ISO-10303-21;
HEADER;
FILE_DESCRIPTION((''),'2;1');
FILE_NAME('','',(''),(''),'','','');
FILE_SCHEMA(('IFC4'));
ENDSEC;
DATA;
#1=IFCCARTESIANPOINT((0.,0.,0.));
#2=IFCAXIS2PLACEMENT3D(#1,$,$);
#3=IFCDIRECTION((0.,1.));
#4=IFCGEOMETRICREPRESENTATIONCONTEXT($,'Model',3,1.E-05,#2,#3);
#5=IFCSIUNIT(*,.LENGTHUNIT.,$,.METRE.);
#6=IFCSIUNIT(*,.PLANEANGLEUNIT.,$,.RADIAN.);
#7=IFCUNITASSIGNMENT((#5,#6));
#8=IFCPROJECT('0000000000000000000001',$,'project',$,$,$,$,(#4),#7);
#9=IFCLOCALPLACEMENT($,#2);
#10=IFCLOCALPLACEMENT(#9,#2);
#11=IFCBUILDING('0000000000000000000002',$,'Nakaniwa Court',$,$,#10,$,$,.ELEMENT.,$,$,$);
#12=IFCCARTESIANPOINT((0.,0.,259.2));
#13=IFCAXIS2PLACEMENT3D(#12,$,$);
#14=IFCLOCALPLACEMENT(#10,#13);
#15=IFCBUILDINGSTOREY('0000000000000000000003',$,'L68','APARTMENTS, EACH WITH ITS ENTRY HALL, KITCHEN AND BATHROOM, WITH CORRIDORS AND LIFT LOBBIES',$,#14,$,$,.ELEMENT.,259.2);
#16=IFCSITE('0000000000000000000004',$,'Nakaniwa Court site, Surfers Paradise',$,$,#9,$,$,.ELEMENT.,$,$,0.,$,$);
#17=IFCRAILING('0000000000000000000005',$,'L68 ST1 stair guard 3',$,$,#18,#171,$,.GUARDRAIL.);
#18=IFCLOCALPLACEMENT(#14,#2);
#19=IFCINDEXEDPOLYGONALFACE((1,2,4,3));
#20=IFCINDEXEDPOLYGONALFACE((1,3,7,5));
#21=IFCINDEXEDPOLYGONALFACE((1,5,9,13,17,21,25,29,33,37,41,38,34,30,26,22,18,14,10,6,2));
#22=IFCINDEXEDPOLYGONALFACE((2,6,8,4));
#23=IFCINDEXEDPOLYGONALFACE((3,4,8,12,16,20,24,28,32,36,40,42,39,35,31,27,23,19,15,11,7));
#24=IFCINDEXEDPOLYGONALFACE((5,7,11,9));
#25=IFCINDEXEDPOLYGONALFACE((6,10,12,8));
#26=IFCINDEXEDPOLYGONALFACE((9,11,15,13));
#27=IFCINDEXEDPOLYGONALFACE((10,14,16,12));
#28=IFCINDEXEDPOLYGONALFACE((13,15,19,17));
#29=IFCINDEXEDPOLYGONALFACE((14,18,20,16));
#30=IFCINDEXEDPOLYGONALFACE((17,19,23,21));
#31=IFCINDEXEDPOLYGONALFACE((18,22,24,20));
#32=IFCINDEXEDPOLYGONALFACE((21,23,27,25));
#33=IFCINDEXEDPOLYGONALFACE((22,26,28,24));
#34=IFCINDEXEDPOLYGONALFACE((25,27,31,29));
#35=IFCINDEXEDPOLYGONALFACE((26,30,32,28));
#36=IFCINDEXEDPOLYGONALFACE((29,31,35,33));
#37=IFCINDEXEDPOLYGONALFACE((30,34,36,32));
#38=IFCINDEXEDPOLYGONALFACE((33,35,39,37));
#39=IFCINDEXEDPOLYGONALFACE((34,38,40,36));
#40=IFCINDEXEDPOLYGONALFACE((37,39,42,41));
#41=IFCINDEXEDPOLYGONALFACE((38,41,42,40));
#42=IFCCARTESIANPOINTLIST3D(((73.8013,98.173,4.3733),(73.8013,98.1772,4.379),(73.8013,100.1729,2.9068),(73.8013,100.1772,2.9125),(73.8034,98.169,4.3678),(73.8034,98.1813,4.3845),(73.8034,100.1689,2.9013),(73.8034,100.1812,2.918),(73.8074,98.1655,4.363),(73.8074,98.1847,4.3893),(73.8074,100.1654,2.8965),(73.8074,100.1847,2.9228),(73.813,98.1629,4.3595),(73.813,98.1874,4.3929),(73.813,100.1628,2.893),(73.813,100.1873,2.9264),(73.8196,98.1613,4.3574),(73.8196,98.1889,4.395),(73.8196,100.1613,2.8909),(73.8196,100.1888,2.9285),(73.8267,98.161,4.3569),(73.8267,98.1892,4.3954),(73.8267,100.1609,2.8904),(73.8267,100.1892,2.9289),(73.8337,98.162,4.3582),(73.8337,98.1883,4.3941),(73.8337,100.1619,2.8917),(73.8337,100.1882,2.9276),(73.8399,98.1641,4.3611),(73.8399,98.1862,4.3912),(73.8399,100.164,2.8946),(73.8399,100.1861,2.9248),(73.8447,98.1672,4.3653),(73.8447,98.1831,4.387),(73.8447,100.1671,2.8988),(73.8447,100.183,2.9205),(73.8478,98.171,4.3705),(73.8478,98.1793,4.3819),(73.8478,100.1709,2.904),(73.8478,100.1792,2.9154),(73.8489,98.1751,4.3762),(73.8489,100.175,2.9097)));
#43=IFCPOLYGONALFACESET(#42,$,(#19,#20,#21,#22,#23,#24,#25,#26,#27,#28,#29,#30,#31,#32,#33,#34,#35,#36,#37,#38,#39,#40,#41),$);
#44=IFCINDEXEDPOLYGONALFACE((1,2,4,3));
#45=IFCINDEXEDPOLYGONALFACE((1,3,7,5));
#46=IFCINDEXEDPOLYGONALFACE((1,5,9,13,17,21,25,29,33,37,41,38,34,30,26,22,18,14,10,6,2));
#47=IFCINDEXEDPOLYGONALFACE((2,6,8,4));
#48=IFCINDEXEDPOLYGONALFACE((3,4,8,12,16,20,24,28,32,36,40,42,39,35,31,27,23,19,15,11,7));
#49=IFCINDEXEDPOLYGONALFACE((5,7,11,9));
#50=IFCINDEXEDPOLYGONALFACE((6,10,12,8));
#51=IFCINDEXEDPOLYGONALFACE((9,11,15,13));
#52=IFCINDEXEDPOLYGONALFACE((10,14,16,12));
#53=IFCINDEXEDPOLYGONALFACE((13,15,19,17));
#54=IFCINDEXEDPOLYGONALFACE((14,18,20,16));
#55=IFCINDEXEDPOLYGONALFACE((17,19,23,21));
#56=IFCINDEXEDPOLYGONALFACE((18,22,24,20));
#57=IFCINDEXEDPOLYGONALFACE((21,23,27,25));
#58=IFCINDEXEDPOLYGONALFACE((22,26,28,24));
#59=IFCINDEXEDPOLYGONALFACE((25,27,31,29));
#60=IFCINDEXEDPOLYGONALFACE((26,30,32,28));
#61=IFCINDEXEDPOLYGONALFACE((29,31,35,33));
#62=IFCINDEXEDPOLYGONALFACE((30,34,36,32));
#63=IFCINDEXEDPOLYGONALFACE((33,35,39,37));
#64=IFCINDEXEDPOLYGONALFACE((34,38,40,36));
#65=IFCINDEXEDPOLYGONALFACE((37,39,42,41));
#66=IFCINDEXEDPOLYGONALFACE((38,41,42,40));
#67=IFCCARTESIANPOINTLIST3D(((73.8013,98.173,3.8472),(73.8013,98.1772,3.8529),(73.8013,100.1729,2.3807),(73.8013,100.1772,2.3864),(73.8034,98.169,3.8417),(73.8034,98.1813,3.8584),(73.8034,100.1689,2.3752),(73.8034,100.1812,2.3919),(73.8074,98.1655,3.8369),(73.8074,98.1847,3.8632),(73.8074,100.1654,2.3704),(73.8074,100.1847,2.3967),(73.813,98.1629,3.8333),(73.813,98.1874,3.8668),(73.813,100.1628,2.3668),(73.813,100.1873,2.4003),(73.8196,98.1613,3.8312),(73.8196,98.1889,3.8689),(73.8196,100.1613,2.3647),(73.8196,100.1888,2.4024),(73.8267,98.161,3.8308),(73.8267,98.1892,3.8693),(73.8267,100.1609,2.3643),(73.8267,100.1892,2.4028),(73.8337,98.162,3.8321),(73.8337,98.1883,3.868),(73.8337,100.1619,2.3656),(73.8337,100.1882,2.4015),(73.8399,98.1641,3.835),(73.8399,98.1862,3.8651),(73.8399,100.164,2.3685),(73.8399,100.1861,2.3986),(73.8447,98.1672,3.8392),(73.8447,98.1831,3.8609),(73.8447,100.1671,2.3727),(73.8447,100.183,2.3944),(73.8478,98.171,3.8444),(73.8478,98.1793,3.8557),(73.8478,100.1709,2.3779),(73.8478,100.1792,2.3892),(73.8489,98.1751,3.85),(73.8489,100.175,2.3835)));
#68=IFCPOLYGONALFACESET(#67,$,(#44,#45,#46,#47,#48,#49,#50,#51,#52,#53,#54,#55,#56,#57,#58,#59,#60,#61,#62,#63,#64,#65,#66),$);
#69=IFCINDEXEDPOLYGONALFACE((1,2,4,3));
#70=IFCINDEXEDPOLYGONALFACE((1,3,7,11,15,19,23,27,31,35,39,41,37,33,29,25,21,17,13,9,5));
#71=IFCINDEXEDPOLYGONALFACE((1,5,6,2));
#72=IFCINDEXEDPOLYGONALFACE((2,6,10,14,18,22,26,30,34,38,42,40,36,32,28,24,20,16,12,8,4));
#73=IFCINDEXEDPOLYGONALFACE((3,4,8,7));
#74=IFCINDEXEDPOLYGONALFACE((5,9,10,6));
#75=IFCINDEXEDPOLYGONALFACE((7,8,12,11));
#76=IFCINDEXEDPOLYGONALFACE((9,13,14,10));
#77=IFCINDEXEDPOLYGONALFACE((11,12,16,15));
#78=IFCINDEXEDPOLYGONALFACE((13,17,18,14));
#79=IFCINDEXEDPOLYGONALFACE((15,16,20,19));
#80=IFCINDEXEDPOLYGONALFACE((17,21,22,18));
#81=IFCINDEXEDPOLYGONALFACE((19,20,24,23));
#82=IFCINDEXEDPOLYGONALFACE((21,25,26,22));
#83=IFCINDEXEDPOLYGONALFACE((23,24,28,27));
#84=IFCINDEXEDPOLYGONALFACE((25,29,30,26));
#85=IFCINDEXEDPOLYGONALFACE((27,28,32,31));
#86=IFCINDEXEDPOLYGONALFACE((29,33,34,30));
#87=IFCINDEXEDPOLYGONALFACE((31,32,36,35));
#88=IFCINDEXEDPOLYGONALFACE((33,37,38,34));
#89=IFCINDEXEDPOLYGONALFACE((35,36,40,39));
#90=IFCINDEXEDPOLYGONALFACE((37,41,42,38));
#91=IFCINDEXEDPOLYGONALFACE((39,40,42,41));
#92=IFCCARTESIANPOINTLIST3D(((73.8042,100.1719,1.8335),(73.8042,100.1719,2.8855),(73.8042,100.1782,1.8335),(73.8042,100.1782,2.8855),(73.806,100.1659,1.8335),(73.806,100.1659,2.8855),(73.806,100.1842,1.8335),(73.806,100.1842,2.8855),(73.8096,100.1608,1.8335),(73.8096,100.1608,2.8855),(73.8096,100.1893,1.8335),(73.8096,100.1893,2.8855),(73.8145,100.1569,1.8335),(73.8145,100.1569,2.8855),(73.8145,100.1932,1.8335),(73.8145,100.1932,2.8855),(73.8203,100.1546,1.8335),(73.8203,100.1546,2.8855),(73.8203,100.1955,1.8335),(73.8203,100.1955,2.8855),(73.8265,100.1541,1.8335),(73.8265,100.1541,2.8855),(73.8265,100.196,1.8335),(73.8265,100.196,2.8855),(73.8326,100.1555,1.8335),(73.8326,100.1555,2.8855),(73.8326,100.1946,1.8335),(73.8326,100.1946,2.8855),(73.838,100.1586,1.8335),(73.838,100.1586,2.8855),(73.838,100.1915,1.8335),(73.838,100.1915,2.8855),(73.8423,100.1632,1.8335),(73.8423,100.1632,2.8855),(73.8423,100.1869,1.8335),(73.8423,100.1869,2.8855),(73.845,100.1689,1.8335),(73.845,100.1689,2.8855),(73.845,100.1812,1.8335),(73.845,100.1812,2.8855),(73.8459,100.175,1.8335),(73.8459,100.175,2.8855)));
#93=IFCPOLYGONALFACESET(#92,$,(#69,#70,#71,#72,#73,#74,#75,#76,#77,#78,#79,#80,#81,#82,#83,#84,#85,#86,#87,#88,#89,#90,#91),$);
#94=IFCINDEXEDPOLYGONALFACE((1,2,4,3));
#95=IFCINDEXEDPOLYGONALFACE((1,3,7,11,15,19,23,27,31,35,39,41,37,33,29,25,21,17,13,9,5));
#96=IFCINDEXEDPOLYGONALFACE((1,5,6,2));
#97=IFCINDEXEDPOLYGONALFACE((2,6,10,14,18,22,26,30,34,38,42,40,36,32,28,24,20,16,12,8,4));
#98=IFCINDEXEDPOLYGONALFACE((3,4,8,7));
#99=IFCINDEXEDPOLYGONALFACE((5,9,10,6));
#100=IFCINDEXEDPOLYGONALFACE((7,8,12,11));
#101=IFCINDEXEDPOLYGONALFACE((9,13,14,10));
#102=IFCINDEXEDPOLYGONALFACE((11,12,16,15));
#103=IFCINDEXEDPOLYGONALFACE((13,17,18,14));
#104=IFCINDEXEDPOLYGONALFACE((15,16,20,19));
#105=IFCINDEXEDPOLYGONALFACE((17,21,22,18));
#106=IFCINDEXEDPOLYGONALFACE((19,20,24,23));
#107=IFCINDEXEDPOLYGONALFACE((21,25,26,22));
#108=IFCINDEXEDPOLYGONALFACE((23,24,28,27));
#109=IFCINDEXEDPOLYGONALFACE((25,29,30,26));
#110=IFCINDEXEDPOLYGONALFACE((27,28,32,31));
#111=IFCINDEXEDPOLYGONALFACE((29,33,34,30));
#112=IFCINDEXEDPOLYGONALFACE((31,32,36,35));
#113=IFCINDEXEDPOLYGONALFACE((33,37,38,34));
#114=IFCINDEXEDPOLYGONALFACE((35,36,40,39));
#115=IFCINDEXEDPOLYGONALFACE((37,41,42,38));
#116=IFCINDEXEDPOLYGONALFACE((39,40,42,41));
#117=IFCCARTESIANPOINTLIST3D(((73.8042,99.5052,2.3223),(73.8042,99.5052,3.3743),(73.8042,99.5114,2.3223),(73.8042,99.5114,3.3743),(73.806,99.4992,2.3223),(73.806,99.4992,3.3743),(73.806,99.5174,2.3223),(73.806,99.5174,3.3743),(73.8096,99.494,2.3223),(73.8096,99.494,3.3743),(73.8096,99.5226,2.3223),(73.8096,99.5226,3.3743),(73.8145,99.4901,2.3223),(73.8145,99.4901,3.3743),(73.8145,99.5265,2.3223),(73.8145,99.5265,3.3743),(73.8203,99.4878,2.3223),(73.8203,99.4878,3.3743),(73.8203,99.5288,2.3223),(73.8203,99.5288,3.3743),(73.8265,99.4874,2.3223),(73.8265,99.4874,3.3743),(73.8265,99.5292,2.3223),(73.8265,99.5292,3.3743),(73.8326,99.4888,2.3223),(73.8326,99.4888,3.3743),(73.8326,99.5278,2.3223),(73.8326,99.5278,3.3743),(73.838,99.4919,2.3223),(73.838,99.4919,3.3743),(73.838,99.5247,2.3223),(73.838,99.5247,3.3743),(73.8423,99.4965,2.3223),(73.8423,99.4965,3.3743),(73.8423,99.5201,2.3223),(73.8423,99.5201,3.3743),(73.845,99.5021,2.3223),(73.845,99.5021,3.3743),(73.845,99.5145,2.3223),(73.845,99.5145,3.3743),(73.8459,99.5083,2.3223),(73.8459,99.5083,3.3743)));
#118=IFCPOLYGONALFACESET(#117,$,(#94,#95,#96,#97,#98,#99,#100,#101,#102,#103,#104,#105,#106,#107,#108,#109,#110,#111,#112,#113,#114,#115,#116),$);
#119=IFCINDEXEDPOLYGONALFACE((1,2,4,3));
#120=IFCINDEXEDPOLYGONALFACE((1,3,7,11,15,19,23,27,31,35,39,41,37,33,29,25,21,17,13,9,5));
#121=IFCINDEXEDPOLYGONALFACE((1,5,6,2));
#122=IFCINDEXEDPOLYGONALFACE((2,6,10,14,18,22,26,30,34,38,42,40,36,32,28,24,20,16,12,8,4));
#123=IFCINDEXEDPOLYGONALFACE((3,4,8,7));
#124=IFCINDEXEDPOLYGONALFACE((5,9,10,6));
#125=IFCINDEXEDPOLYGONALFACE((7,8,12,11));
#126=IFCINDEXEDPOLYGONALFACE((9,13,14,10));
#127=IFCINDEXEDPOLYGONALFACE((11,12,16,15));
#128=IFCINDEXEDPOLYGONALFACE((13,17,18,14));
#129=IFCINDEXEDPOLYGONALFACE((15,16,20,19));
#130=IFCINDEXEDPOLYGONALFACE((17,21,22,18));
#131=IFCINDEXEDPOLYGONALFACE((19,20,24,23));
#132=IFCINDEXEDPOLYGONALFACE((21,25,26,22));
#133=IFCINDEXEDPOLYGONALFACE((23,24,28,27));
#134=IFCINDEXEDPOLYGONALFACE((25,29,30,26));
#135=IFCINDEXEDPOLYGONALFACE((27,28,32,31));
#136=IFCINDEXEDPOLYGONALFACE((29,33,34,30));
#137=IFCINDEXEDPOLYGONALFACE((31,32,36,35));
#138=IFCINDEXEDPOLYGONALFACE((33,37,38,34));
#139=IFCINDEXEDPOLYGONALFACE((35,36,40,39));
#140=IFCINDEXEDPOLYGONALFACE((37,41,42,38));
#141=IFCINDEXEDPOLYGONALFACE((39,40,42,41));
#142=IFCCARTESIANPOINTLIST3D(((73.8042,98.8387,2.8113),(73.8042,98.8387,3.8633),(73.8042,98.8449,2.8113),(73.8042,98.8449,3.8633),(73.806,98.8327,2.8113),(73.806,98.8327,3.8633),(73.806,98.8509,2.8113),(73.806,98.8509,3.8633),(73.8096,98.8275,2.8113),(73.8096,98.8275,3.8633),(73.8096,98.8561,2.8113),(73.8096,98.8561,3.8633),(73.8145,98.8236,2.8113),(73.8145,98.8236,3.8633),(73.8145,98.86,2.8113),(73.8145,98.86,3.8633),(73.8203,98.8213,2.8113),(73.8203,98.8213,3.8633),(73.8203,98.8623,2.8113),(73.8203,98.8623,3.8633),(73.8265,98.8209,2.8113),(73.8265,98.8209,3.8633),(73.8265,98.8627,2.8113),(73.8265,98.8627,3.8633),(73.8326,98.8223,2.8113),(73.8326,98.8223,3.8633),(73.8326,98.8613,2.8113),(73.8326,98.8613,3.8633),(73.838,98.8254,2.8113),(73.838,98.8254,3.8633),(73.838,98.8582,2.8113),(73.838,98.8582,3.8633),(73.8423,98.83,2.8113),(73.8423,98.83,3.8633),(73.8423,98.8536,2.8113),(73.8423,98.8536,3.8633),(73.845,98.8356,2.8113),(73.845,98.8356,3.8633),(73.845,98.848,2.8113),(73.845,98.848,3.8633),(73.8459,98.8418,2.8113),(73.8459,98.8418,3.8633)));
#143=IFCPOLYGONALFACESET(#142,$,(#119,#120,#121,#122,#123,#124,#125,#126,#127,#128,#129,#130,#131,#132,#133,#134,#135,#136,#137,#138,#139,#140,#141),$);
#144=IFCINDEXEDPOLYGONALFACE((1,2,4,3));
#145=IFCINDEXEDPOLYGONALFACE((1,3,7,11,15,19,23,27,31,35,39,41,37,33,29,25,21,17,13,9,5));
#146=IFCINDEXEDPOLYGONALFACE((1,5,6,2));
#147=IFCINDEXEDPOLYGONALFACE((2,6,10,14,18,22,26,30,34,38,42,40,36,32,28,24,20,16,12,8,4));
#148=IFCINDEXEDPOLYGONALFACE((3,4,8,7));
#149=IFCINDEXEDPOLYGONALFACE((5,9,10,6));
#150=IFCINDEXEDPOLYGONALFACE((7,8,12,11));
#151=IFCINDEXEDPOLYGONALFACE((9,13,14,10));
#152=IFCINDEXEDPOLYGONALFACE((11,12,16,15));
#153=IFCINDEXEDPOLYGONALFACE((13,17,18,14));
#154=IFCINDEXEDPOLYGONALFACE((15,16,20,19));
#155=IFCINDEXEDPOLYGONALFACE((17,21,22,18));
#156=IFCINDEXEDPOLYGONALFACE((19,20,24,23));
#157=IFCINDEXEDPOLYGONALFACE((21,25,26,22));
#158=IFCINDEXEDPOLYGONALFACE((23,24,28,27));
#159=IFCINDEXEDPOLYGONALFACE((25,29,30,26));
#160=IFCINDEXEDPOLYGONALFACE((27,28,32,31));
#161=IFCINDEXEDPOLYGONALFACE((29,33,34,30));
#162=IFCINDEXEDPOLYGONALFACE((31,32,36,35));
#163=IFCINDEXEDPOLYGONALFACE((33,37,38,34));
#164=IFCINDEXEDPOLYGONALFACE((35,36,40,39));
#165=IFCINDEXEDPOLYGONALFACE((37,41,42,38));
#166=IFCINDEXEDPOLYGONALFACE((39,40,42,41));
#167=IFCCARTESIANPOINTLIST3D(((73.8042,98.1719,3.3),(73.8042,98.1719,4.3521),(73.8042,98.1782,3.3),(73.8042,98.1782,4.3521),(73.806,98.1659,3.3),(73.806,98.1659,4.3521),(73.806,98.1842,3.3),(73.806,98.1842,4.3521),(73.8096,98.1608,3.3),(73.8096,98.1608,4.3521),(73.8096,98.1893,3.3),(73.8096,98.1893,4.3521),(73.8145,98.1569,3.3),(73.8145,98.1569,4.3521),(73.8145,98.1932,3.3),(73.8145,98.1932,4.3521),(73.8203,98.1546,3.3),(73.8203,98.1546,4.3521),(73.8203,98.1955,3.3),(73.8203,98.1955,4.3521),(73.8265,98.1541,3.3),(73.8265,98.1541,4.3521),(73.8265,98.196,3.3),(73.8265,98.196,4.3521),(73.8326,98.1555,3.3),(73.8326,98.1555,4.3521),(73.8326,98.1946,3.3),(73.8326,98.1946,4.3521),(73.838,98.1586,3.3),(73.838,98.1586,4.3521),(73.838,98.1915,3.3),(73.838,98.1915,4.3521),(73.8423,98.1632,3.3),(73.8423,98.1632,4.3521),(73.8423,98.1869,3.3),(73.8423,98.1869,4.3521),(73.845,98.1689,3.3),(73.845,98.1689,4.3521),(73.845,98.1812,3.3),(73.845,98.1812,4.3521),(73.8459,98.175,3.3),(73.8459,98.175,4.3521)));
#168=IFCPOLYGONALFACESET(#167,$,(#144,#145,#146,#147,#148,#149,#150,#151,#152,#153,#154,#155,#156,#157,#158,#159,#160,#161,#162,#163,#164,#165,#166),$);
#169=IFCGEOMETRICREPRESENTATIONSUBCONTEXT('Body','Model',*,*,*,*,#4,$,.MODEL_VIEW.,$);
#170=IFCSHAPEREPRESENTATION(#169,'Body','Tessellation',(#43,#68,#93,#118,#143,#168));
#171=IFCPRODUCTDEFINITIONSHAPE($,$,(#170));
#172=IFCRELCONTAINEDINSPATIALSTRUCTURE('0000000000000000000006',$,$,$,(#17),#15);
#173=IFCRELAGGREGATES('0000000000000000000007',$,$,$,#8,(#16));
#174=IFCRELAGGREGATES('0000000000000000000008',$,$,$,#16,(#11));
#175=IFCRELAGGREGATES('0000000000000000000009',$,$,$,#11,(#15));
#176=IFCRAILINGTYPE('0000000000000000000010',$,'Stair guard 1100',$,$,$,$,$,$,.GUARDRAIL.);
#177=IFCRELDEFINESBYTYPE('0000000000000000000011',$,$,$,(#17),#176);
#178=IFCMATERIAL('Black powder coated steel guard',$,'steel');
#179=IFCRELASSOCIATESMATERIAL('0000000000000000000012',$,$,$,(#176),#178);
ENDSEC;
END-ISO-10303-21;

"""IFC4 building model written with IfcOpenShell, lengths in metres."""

from ifc_helpers import new_model, si_unit, direction, frame, origin, origin_2d, place, context, subcontext, project, spatial, circle, extrude, material, type_object, element, save


model = new_model("IFC4")

# Units and contexts
model_context = context("Model", 3, precision=1e-05, world=origin(), true_north=direction((0.0, 1.0)))
body_context = subcontext(model_context, "Body", "Model", "MODEL_VIEW")
ifc_project = project(units=[si_unit("LENGTHUNIT", "METRE"), si_unit("PLANEANGLEUNIT", "RADIAN")], contexts=[model_context])

# Site, building, storey
site_placement = place(None, origin())
site = spatial("IfcSite", under=ifc_project, at=site_placement, Name="Nakaniwa Court site, Surfers Paradise", CompositionType="ELEMENT", RefElevation=0.0)
building_placement = place(site_placement, origin())
building = spatial("IfcBuilding", under=site, at=building_placement, Name="Nakaniwa Court", CompositionType="ELEMENT")
storey_placement = place(building_placement, frame((0.0, 0.0, 259.2)))
storey = spatial("IfcBuildingStorey", under=building, at=storey_placement, Name="L68", Description="APARTMENTS, EACH WITH ITS ENTRY HALL, KITCHEN AND BATHROOM, WITH CORRIDORS AND LIFT LOBBIES", CompositionType="ELEMENT", Elevation=259.2)

# Railing
ifc_material_1 = material(Name="Black powder coated steel guard", Category="steel")
railing_type_1 = type_object("IfcRailingType", Name="Stair guard 1100", PredefinedType="GUARDRAIL", material=ifc_material_1)
railing_1_placement = place(storey_placement, frame((73.825, 100.175, 1.8335)))
element("IfcRailing", 1, at=railing_1_placement, inside=storey, type_object=railing_type_1, Name="L68 ST1 stair guard 3", PredefinedType="GUARDRAIL", context=body_context, shape_type="SweptSolid", body=[
    extrude(circle(Radius=0.0239, at=origin_2d()), frame((0.0, 0.0, 1.0762), z_axis=(0.0, -0.806427, 0.591334), x_axis=(1.0, 0.0, 0.0)), (0.0, 0.0, 1.0), 2.48),
    extrude(circle(Radius=0.0239, at=origin_2d()), frame((0.0, 0.0, 0.55), z_axis=(0.0, -0.806427, 0.591334), x_axis=(1.0, 0.0, 0.0)), (0.0, 0.0, 1.0), 2.48),
    extrude(circle(Radius=0.021, at=origin_2d()), origin(), (0.0, 0.0, 1.0), 1.052),
    extrude(circle(Radius=0.021, at=origin_2d()), frame((0.0, -0.6667, 0.4888)), (0.0, 0.0, 1.0), 1.052),
    extrude(circle(Radius=0.021, at=origin_2d()), frame((0.0, -1.3333, 0.9778)), (0.0, 0.0, 1.0), 1.052),
    extrude(circle(Radius=0.021, at=origin_2d()), frame((0.0, -2.0, 1.4666)), (0.0, 0.0, 1.0), 1.052),
])

save(model, "model.ifc")
